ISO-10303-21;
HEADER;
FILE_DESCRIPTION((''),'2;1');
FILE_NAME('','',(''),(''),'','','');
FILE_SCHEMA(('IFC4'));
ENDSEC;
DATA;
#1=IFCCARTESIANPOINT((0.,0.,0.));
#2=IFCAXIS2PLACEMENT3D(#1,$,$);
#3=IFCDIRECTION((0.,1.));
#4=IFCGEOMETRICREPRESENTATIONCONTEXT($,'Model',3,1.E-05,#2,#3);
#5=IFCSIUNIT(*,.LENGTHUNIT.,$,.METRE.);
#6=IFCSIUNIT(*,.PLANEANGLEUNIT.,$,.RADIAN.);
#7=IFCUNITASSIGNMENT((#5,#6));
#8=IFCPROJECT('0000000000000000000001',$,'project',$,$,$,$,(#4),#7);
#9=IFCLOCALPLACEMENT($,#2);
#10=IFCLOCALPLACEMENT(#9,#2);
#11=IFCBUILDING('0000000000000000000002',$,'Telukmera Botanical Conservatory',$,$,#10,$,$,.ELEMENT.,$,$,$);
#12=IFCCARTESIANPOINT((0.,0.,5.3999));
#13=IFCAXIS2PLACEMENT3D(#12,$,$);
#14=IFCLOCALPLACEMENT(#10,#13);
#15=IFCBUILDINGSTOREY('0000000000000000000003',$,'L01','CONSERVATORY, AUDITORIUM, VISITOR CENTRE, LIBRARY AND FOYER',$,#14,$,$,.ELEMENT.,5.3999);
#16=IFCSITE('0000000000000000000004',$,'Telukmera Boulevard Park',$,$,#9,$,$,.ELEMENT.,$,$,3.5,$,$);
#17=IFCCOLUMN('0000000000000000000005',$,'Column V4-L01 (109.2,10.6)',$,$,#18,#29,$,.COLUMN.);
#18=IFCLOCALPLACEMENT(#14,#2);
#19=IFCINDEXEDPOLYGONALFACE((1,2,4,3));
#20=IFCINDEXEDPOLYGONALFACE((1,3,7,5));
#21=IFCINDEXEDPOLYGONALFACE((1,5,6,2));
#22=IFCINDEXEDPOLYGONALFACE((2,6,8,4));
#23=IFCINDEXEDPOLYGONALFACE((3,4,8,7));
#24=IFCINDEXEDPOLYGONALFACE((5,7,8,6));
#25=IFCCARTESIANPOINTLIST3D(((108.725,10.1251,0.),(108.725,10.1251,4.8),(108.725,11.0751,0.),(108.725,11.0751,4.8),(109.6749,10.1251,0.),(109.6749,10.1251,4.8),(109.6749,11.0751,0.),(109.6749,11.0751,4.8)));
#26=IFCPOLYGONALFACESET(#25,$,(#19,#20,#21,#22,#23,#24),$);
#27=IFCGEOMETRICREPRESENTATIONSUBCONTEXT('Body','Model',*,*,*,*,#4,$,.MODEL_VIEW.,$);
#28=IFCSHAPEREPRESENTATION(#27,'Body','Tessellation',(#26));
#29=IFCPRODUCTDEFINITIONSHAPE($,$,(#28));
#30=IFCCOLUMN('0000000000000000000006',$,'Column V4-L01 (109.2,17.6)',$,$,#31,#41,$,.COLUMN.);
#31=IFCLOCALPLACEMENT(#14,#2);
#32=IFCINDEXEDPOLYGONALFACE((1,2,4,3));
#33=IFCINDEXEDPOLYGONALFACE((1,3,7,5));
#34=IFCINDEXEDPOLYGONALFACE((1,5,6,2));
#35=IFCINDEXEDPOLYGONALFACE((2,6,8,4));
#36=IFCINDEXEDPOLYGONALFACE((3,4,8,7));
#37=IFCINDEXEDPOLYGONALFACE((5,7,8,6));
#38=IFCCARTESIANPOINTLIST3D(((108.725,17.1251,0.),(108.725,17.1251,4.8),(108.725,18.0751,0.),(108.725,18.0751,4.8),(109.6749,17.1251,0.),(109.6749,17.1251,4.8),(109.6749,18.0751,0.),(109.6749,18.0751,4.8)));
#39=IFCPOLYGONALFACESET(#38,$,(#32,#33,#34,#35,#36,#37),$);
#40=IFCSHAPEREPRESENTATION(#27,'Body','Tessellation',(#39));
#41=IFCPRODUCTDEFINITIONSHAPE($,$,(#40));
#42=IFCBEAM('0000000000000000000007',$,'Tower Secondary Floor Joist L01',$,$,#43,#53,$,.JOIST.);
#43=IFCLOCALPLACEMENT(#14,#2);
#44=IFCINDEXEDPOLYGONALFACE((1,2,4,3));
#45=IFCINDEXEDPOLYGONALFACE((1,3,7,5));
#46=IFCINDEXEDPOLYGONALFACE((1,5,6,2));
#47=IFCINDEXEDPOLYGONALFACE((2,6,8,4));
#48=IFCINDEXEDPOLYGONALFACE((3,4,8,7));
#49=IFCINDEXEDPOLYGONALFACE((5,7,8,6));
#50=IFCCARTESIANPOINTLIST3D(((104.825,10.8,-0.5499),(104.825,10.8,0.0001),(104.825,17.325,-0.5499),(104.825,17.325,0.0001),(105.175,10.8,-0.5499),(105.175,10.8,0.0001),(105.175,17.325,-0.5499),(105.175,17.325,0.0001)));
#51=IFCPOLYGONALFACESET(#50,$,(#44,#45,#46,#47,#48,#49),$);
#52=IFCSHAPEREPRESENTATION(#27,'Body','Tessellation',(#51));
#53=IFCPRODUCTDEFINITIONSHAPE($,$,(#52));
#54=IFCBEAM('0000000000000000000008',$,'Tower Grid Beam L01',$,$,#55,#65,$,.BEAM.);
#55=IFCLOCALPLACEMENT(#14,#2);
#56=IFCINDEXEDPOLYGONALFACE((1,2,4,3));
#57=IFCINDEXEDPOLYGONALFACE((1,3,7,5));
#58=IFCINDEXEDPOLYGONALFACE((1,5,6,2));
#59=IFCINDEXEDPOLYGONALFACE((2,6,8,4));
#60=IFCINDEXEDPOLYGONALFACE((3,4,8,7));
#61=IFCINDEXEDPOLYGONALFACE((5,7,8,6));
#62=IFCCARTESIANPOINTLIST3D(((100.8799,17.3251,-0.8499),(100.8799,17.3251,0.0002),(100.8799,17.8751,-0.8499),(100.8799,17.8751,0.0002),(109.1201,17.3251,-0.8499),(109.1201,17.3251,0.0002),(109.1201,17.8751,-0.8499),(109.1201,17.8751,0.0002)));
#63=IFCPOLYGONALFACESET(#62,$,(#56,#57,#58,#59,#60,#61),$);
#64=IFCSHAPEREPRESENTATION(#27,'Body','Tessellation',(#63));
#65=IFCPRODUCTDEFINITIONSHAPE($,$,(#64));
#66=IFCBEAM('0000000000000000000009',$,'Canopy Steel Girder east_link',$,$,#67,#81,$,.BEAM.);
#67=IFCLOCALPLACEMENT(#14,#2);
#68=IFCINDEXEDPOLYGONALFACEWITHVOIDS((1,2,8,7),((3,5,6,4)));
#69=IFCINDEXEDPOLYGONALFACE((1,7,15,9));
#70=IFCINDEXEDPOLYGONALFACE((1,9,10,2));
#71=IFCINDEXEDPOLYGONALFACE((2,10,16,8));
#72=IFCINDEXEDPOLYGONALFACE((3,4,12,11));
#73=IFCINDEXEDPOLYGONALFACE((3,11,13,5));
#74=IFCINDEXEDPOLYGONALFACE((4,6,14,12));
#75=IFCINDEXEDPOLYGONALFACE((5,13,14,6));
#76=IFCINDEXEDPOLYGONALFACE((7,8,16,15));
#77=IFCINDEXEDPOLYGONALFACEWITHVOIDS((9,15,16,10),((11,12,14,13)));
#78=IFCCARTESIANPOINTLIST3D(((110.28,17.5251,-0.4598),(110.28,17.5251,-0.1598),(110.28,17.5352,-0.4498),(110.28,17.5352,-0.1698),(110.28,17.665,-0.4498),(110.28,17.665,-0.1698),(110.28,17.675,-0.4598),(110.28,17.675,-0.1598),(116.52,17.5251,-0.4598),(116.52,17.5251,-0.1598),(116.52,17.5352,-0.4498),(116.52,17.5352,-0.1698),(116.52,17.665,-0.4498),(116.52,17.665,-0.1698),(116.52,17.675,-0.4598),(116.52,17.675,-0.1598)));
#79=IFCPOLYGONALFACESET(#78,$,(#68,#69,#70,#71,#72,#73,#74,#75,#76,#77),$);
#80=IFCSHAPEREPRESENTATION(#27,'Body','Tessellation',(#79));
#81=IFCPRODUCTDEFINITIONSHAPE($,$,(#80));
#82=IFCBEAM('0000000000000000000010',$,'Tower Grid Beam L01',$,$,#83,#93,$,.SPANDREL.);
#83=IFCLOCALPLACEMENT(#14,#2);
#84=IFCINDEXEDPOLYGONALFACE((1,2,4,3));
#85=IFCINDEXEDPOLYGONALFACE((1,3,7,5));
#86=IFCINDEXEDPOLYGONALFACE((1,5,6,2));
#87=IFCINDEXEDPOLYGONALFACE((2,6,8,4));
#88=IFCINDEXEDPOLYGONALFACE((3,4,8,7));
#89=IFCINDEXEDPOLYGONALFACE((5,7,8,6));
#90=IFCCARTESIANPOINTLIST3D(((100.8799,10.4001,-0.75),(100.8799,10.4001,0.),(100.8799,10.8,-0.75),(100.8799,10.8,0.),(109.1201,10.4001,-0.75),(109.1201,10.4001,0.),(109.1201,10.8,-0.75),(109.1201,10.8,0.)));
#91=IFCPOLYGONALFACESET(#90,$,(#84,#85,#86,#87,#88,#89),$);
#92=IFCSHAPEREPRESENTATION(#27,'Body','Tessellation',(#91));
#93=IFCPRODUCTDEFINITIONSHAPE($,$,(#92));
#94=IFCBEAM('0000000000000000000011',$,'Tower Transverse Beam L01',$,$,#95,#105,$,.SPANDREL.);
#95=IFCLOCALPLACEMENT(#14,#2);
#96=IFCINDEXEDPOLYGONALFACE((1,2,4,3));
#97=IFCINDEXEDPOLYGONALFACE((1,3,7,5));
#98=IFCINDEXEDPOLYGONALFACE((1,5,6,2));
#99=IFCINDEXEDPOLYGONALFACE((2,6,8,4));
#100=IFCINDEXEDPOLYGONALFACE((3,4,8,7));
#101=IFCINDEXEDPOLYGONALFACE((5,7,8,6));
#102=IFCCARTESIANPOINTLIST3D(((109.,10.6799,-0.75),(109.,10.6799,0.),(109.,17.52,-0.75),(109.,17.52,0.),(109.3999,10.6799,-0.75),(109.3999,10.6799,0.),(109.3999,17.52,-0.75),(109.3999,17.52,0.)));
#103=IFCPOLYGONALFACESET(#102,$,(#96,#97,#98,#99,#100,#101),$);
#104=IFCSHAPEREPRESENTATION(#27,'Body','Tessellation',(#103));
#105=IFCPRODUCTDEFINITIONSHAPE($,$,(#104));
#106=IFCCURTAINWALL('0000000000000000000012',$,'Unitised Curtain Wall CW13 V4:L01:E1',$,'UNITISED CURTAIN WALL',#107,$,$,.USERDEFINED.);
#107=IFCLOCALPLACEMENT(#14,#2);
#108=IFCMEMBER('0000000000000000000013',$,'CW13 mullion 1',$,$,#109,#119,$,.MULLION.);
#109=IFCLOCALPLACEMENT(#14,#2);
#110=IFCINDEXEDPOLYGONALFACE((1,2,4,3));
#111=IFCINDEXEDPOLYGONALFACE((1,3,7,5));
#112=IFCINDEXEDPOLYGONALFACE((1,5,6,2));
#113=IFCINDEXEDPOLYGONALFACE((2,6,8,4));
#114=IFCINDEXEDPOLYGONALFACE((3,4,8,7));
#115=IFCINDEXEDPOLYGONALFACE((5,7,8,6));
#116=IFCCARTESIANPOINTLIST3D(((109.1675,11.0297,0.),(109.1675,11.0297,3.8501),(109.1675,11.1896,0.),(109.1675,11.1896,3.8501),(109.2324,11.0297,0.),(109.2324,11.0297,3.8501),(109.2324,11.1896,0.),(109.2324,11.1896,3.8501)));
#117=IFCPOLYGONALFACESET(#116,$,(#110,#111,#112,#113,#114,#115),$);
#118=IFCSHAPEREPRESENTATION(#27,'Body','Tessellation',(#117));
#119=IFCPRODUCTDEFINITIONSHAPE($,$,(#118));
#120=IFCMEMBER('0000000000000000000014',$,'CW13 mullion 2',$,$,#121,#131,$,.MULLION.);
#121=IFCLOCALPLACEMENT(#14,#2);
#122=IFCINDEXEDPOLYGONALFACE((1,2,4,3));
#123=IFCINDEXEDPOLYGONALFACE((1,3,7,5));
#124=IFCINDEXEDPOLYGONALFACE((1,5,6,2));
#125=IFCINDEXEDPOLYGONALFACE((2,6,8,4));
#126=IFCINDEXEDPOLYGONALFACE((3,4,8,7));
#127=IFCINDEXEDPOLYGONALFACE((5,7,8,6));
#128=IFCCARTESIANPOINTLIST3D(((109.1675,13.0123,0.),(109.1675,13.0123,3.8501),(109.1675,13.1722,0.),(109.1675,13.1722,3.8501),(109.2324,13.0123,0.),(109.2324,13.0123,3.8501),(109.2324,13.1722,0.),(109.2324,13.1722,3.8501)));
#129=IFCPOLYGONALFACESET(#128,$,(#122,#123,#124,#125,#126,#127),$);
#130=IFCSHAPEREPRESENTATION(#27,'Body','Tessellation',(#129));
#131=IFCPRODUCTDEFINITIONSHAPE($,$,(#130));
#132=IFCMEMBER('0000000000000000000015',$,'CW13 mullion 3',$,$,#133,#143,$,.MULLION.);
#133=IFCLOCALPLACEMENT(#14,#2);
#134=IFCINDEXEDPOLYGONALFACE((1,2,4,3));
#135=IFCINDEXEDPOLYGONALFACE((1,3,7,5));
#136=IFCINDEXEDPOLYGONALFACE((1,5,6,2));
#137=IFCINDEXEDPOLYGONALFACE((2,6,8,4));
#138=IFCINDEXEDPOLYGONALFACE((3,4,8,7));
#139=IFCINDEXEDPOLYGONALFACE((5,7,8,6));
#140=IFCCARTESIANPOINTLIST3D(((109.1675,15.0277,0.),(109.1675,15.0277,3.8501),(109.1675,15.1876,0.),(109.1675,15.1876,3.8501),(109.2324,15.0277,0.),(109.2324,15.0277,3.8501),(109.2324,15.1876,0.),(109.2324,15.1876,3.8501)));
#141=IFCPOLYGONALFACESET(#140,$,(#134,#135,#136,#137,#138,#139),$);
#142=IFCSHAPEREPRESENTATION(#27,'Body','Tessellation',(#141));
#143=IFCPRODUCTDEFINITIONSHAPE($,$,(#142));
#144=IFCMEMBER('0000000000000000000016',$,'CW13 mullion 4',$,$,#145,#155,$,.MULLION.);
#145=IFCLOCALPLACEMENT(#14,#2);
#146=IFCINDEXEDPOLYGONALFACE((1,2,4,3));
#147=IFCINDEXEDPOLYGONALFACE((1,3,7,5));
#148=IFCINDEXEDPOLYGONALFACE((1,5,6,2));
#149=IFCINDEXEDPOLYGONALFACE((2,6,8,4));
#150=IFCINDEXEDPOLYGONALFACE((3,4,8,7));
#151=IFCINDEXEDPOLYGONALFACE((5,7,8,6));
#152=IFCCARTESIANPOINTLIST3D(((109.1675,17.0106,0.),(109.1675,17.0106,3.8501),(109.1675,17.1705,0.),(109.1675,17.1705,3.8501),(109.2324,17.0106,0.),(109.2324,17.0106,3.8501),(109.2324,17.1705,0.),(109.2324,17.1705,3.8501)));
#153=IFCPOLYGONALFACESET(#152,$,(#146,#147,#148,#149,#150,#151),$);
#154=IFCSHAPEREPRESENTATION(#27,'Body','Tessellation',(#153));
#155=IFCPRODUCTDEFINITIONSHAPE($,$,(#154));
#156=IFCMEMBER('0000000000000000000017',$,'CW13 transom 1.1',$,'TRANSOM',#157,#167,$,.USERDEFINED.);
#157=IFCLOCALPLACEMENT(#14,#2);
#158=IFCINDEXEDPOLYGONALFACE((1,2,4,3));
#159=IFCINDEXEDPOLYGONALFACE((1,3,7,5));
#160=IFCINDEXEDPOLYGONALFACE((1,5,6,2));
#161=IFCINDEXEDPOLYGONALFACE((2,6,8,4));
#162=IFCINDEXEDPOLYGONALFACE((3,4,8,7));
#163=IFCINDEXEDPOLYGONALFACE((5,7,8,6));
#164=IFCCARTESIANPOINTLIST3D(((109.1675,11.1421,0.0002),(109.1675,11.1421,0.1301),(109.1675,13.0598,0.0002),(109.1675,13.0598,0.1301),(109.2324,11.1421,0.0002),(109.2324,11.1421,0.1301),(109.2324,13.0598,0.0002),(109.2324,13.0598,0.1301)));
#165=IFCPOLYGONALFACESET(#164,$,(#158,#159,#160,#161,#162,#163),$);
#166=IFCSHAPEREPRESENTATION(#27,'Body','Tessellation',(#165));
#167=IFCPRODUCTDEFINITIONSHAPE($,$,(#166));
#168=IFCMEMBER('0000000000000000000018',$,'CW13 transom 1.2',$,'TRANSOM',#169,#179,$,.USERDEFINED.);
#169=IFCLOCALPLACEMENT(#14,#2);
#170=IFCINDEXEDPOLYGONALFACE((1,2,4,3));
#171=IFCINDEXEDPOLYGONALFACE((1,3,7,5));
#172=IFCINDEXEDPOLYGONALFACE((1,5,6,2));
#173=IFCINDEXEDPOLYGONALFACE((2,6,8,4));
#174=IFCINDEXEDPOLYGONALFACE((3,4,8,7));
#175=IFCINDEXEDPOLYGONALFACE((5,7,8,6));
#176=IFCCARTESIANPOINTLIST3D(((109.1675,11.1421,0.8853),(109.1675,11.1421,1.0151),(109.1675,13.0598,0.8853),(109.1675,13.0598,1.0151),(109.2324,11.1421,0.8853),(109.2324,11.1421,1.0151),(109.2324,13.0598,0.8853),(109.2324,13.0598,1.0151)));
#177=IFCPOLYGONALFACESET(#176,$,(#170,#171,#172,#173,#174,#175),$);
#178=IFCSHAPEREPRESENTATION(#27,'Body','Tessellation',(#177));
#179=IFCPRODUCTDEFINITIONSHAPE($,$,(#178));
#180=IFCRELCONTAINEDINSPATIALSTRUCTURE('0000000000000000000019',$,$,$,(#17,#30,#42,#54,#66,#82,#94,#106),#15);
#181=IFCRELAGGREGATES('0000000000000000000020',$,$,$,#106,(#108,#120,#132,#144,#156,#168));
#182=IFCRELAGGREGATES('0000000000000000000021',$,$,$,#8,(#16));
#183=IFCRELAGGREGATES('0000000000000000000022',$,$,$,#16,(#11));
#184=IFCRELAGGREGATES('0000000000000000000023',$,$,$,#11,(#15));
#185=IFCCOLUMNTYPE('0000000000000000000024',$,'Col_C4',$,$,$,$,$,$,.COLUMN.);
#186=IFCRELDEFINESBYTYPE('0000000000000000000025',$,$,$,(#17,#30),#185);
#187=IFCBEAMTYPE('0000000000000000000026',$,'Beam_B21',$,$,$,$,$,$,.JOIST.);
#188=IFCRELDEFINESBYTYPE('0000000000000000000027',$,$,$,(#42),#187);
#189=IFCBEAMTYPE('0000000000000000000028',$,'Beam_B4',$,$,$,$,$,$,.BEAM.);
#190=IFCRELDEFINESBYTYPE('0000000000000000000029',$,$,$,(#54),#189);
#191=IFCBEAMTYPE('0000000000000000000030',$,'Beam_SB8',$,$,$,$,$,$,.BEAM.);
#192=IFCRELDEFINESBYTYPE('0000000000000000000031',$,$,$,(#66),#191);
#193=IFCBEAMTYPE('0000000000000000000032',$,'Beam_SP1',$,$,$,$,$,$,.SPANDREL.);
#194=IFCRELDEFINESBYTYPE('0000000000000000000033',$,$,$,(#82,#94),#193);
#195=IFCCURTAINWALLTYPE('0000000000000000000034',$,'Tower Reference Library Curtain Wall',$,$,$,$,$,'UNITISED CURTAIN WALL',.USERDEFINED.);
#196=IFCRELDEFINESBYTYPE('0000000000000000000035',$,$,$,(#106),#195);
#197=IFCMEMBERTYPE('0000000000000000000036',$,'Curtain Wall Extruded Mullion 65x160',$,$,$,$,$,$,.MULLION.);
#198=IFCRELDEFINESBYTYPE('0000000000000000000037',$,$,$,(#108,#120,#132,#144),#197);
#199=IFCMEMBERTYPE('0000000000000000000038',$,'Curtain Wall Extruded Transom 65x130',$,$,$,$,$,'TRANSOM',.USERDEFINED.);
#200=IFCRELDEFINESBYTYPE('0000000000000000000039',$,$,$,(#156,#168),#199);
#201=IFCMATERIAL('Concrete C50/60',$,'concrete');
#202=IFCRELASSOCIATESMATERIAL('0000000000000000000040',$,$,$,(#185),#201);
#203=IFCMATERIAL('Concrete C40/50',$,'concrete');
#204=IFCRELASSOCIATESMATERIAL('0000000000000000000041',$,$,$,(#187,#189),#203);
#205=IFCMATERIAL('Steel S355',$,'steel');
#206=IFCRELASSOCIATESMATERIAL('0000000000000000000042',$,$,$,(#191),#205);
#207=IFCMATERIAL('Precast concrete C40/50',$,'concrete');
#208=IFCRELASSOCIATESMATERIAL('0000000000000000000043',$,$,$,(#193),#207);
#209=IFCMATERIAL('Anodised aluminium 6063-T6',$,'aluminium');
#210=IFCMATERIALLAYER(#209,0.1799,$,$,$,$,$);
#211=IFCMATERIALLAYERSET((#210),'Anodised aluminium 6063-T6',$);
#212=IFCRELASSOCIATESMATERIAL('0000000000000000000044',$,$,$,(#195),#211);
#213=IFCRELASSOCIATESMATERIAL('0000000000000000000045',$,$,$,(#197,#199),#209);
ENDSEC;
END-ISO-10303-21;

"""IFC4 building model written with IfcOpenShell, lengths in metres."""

from ifc_helpers import new_model, si_unit, direction, frame, origin, origin_2d, place, context, subcontext, project, spatial, rectangle, hollow_rectangle, extrude, material, layer, layer_set, material_profile, profile_set, type_object, element, aggregate, save


model = new_model("IFC4")

# Units and contexts
model_context = context("Model", 3, precision=1e-05, world=origin(), true_north=direction((0.0, 1.0)))
body_context = subcontext(model_context, "Body", "Model", "MODEL_VIEW")
ifc_project = project(units=[si_unit("LENGTHUNIT", "METRE"), si_unit("PLANEANGLEUNIT", "RADIAN")], contexts=[model_context])

# Site, building, storey
site_placement = place(None, origin())
site = spatial("IfcSite", under=ifc_project, at=site_placement, Name="Telukmera Boulevard Park", CompositionType="ELEMENT", RefElevation=3.5)
building_placement = place(site_placement, origin())
building = spatial("IfcBuilding", under=site, at=building_placement, Name="Telukmera Botanical Conservatory", CompositionType="ELEMENT")
storey_placement = place(building_placement, frame((0.0, 0.0, 5.3999)))
storey = spatial("IfcBuildingStorey", under=building, at=storey_placement, Name="L01", Description="CONSERVATORY, AUDITORIUM, VISITOR CENTRE, LIBRARY AND FOYER", CompositionType="ELEMENT", Elevation=5.3999)

# Columns
ifc_material_1 = material(Name="Concrete C50/60", Category="concrete")
ifc_material_profile_1 = material_profile(ifc_material_1, rectangle(XDim=0.95, YDim=0.95, at=origin_2d()), Name="RC 950x950")
ifc_profile_set_1 = profile_set([ifc_material_profile_1], Name="Concrete C50/60")
column_type = type_object("IfcColumnType", Name="Col_C4", PredefinedType="COLUMN", material=ifc_profile_set_1)
for number, where, z_axis, x_axis, name in (
    (1, (109.2, 10.6001, 0.0), (0.0, 0.0, 1.0), (1.0, 0.0, 0.0), "Column V4-L01 (109.2,10.6)"),
    (2, (109.2, 17.6001, 0.0), (0.0, 0.0, 1.0), (1.0, 0.0, 0.0), "Column V4-L01 (109.2,17.6)"),
):
    element("IfcColumn", number, at=place(storey_placement, frame(where, z_axis=z_axis, x_axis=x_axis)), inside=storey, type_object=column_type, Name=name, PredefinedType="COLUMN", context=body_context, shape_type="SweptSolid", body=[
        extrude(rectangle(XDim=0.95, YDim=0.95, at=origin_2d()), origin(), (0.0, 0.0, 1.0), 4.8),
    ])

# Beams
ifc_material_2 = material(Name="Concrete C40/50", Category="concrete")
ifc_material_profile_2 = material_profile(ifc_material_2, rectangle(XDim=0.3501, YDim=0.55, at=origin_2d()), Name="RC 350x550")
ifc_profile_set_2 = profile_set([ifc_material_profile_2], Name="Concrete C40/50")
beam_type_1 = type_object("IfcBeamType", Name="Beam_B21", PredefinedType="JOIST", material=ifc_profile_set_2)
beam_1_placement = place(storey_placement, frame((105.0, 10.8, -0.2749), z_axis=(0.0, 1.0, 0.0), x_axis=(-1.0, 0.0, 0.0)))
element("IfcBeam", 3, at=beam_1_placement, inside=storey, type_object=beam_type_1, Name="Tower Secondary Floor Joist L01", PredefinedType="JOIST", context=body_context, shape_type="SweptSolid", body=[
    extrude(rectangle(XDim=0.3501, YDim=0.55, at=origin_2d()), origin(), (0.0, 0.0, 1.0), 6.5249),
])
ifc_material_profile_3 = material_profile(ifc_material_2, rectangle(XDim=0.55, YDim=0.8501, at=origin_2d()), Name="RC 550x850")
ifc_profile_set_3 = profile_set([ifc_material_profile_3], Name="Concrete C40/50")
beam_type_2 = type_object("IfcBeamType", Name="Beam_B4", PredefinedType="BEAM", material=ifc_profile_set_3)
beam_2_placement = place(storey_placement, frame((100.8799, 17.6001, -0.4248), z_axis=(1.0, 0.0, 0.0), x_axis=(0.0, 1.0, 0.0)))
element("IfcBeam", 4, at=beam_2_placement, inside=storey, type_object=beam_type_2, Name="Tower Grid Beam L01", PredefinedType="BEAM", context=body_context, shape_type="SweptSolid", body=[
    extrude(rectangle(XDim=0.55, YDim=0.8501, at=origin_2d()), origin(), (0.0, 0.0, 1.0), 8.2402),
])
ifc_material_3 = material(Name="Steel S355", Category="steel")
ifc_material_profile_4 = material_profile(ifc_material_3, hollow_rectangle(XDim=0.1499, YDim=0.3, WallThickness=0.01, at=origin_2d()), Name="RHS 300x150x10.0")
ifc_profile_set_4 = profile_set([ifc_material_profile_4], Name="Steel S355")
beam_type_3 = type_object("IfcBeamType", Name="Beam_SB8", PredefinedType="BEAM", material=ifc_profile_set_4)
beam_3_placement = place(storey_placement, frame((110.28, 17.6001, -0.3098), z_axis=(1.0, 0.0, 0.0), x_axis=(0.0, 1.0, 0.0)))
element("IfcBeam", 5, at=beam_3_placement, inside=storey, type_object=beam_type_3, Name="Canopy Steel Girder east_link", PredefinedType="BEAM", context=body_context, shape_type="SweptSolid", body=[
    extrude(hollow_rectangle(XDim=0.1499, YDim=0.3, WallThickness=0.01, at=origin_2d()), origin(), (0.0, 0.0, 1.0), 6.24),
])
ifc_material_4 = material(Name="Precast concrete C40/50", Category="concrete")
ifc_material_profile_5 = material_profile(ifc_material_4, rectangle(XDim=0.3999, YDim=0.75, at=origin_2d()), Name="PC 400x750")
ifc_profile_set_5 = profile_set([ifc_material_profile_5], Name="Precast concrete C40/50")
beam_type_4 = type_object("IfcBeamType", Name="Beam_SP1", PredefinedType="SPANDREL", material=ifc_profile_set_5)
beam_4_placement = place(storey_placement, frame((100.8799, 10.6001, -0.375), z_axis=(1.0, 0.0, 0.0), x_axis=(0.0, 1.0, 0.0)))
element("IfcBeam", 6, at=beam_4_placement, inside=storey, type_object=beam_type_4, Name="Tower Grid Beam L01", PredefinedType="SPANDREL", context=body_context, shape_type="SweptSolid", body=[
    extrude(rectangle(XDim=0.3999, YDim=0.75, at=origin_2d()), origin(), (0.0, 0.0, 1.0), 8.2402),
])
beam_5_placement = place(storey_placement, frame((109.2, 10.6799, -0.375), z_axis=(0.0, 1.0, 0.0), x_axis=(-1.0, 0.0, 0.0)))
element("IfcBeam", 7, at=beam_5_placement, inside=storey, type_object=beam_type_4, Name="Tower Transverse Beam L01", PredefinedType="SPANDREL", context=body_context, shape_type="SweptSolid", body=[
    extrude(rectangle(XDim=0.3999, YDim=0.75, at=origin_2d()), origin(), (0.0, 0.0, 1.0), 6.8401),
])

# Curtain wall, members
ifc_material_5 = material(Name="Anodised aluminium 6063-T6", Category="aluminium")
ifc_layer_1 = layer(ifc_material_5, 0.1799)
ifc_layer_set_1 = layer_set([ifc_layer_1], Name="Anodised aluminium 6063-T6")
curtain_wall_type = type_object("IfcCurtainWallType", Name="Tower Reference Library Curtain Wall", ElementType="UNITISED CURTAIN WALL", PredefinedType="USERDEFINED", material=ifc_layer_set_1)
curtain_wall_placement = place(storey_placement, origin())
curtain_wall = element("IfcCurtainWall", 8, at=curtain_wall_placement, inside=storey, type_object=curtain_wall_type, Name="Unitised Curtain Wall CW13 V4:L01:E1", ObjectType="UNITISED CURTAIN WALL", PredefinedType="USERDEFINED")
ifc_material_profile_6 = material_profile(ifc_material_5, rectangle(XDim=0.0649, YDim=0.1599, at=origin_2d()), Name="ALU MULL 65x160")
ifc_profile_set_6 = profile_set([ifc_material_profile_6], Name="Anodised aluminium 6063-T6")
member_type_1 = type_object("IfcMemberType", Name="Curtain Wall Extruded Mullion 65x160", PredefinedType="MULLION", material=ifc_profile_set_6)
member_1_placement = place(storey_placement, frame((109.2, 11.1096, 0.0), z_axis=(0.0, 0.0, 1.0), x_axis=(-1.0, 0.0, 0.0)))
member_1 = element("IfcMember", 9, at=member_1_placement, type_object=member_type_1, Name="CW13 mullion 1", PredefinedType="MULLION", context=body_context, shape_type="SweptSolid", body=[
    extrude(rectangle(XDim=0.0649, YDim=0.1599, at=origin_2d()), origin(), (0.0, 0.0, 1.0), 3.8501),
])
member_2_placement = place(storey_placement, frame((109.2, 13.0923, 0.0), z_axis=(0.0, 0.0, 1.0), x_axis=(-1.0, 0.0, 0.0)))
member_2 = element("IfcMember", 10, at=member_2_placement, type_object=member_type_1, Name="CW13 mullion 2", PredefinedType="MULLION", context=body_context, shape_type="SweptSolid", body=[
    extrude(rectangle(XDim=0.0649, YDim=0.1599, at=origin_2d()), origin(), (0.0, 0.0, 1.0), 3.8501),
])
member_3_placement = place(storey_placement, frame((109.2, 15.1077, 0.0), z_axis=(0.0, 0.0, 1.0), x_axis=(-1.0, 0.0, 0.0)))
member_3 = element("IfcMember", 11, at=member_3_placement, type_object=member_type_1, Name="CW13 mullion 3", PredefinedType="MULLION", context=body_context, shape_type="SweptSolid", body=[
    extrude(rectangle(XDim=0.0649, YDim=0.1599, at=origin_2d()), origin(), (0.0, 0.0, 1.0), 3.8501),
])
member_4_placement = place(storey_placement, frame((109.2, 17.0906, 0.0), z_axis=(0.0, 0.0, 1.0), x_axis=(-1.0, 0.0, 0.0)))
member_4 = element("IfcMember", 12, at=member_4_placement, type_object=member_type_1, Name="CW13 mullion 4", PredefinedType="MULLION", context=body_context, shape_type="SweptSolid", body=[
    extrude(rectangle(XDim=0.0649, YDim=0.1599, at=origin_2d()), origin(), (0.0, 0.0, 1.0), 3.8501),
])
ifc_material_profile_7 = material_profile(ifc_material_5, rectangle(XDim=0.0649, YDim=0.1299, at=origin_2d()), Name="ALU TRAN 65x130")
ifc_profile_set_7 = profile_set([ifc_material_profile_7], Name="Anodised aluminium 6063-T6")
member_type_2 = type_object("IfcMemberType", Name="Curtain Wall Extruded Transom 65x130", ElementType="TRANSOM", PredefinedType="USERDEFINED", material=ifc_profile_set_7)
member_5_placement = place(storey_placement, frame((109.2, 11.1421, 0.0652), z_axis=(0.0, 1.0, 0.0), x_axis=(-1.0, 0.0, 0.0)))
member_5 = element("IfcMember", 13, at=member_5_placement, type_object=member_type_2, Name="CW13 transom 1.1", ObjectType="TRANSOM", PredefinedType="USERDEFINED", context=body_context, shape_type="SweptSolid", body=[
    extrude(rectangle(XDim=0.0649, YDim=0.1299, at=origin_2d()), origin(), (0.0, 0.0, 1.0), 1.9177),
])
member_6_placement = place(storey_placement, frame((109.2, 11.1421, 0.9502), z_axis=(0.0, 1.0, 0.0), x_axis=(-1.0, 0.0, 0.0)))
member_6 = element("IfcMember", 14, at=member_6_placement, type_object=member_type_2, Name="CW13 transom 1.2", ObjectType="TRANSOM", PredefinedType="USERDEFINED", context=body_context, shape_type="SweptSolid", body=[
    extrude(rectangle(XDim=0.0649, YDim=0.1299, at=origin_2d()), origin(), (0.0, 0.0, 1.0), 1.9177),
])

aggregate(curtain_wall, [member_1, member_2, member_3, member_4, member_5, member_6])

save(model, "model.ifc")
